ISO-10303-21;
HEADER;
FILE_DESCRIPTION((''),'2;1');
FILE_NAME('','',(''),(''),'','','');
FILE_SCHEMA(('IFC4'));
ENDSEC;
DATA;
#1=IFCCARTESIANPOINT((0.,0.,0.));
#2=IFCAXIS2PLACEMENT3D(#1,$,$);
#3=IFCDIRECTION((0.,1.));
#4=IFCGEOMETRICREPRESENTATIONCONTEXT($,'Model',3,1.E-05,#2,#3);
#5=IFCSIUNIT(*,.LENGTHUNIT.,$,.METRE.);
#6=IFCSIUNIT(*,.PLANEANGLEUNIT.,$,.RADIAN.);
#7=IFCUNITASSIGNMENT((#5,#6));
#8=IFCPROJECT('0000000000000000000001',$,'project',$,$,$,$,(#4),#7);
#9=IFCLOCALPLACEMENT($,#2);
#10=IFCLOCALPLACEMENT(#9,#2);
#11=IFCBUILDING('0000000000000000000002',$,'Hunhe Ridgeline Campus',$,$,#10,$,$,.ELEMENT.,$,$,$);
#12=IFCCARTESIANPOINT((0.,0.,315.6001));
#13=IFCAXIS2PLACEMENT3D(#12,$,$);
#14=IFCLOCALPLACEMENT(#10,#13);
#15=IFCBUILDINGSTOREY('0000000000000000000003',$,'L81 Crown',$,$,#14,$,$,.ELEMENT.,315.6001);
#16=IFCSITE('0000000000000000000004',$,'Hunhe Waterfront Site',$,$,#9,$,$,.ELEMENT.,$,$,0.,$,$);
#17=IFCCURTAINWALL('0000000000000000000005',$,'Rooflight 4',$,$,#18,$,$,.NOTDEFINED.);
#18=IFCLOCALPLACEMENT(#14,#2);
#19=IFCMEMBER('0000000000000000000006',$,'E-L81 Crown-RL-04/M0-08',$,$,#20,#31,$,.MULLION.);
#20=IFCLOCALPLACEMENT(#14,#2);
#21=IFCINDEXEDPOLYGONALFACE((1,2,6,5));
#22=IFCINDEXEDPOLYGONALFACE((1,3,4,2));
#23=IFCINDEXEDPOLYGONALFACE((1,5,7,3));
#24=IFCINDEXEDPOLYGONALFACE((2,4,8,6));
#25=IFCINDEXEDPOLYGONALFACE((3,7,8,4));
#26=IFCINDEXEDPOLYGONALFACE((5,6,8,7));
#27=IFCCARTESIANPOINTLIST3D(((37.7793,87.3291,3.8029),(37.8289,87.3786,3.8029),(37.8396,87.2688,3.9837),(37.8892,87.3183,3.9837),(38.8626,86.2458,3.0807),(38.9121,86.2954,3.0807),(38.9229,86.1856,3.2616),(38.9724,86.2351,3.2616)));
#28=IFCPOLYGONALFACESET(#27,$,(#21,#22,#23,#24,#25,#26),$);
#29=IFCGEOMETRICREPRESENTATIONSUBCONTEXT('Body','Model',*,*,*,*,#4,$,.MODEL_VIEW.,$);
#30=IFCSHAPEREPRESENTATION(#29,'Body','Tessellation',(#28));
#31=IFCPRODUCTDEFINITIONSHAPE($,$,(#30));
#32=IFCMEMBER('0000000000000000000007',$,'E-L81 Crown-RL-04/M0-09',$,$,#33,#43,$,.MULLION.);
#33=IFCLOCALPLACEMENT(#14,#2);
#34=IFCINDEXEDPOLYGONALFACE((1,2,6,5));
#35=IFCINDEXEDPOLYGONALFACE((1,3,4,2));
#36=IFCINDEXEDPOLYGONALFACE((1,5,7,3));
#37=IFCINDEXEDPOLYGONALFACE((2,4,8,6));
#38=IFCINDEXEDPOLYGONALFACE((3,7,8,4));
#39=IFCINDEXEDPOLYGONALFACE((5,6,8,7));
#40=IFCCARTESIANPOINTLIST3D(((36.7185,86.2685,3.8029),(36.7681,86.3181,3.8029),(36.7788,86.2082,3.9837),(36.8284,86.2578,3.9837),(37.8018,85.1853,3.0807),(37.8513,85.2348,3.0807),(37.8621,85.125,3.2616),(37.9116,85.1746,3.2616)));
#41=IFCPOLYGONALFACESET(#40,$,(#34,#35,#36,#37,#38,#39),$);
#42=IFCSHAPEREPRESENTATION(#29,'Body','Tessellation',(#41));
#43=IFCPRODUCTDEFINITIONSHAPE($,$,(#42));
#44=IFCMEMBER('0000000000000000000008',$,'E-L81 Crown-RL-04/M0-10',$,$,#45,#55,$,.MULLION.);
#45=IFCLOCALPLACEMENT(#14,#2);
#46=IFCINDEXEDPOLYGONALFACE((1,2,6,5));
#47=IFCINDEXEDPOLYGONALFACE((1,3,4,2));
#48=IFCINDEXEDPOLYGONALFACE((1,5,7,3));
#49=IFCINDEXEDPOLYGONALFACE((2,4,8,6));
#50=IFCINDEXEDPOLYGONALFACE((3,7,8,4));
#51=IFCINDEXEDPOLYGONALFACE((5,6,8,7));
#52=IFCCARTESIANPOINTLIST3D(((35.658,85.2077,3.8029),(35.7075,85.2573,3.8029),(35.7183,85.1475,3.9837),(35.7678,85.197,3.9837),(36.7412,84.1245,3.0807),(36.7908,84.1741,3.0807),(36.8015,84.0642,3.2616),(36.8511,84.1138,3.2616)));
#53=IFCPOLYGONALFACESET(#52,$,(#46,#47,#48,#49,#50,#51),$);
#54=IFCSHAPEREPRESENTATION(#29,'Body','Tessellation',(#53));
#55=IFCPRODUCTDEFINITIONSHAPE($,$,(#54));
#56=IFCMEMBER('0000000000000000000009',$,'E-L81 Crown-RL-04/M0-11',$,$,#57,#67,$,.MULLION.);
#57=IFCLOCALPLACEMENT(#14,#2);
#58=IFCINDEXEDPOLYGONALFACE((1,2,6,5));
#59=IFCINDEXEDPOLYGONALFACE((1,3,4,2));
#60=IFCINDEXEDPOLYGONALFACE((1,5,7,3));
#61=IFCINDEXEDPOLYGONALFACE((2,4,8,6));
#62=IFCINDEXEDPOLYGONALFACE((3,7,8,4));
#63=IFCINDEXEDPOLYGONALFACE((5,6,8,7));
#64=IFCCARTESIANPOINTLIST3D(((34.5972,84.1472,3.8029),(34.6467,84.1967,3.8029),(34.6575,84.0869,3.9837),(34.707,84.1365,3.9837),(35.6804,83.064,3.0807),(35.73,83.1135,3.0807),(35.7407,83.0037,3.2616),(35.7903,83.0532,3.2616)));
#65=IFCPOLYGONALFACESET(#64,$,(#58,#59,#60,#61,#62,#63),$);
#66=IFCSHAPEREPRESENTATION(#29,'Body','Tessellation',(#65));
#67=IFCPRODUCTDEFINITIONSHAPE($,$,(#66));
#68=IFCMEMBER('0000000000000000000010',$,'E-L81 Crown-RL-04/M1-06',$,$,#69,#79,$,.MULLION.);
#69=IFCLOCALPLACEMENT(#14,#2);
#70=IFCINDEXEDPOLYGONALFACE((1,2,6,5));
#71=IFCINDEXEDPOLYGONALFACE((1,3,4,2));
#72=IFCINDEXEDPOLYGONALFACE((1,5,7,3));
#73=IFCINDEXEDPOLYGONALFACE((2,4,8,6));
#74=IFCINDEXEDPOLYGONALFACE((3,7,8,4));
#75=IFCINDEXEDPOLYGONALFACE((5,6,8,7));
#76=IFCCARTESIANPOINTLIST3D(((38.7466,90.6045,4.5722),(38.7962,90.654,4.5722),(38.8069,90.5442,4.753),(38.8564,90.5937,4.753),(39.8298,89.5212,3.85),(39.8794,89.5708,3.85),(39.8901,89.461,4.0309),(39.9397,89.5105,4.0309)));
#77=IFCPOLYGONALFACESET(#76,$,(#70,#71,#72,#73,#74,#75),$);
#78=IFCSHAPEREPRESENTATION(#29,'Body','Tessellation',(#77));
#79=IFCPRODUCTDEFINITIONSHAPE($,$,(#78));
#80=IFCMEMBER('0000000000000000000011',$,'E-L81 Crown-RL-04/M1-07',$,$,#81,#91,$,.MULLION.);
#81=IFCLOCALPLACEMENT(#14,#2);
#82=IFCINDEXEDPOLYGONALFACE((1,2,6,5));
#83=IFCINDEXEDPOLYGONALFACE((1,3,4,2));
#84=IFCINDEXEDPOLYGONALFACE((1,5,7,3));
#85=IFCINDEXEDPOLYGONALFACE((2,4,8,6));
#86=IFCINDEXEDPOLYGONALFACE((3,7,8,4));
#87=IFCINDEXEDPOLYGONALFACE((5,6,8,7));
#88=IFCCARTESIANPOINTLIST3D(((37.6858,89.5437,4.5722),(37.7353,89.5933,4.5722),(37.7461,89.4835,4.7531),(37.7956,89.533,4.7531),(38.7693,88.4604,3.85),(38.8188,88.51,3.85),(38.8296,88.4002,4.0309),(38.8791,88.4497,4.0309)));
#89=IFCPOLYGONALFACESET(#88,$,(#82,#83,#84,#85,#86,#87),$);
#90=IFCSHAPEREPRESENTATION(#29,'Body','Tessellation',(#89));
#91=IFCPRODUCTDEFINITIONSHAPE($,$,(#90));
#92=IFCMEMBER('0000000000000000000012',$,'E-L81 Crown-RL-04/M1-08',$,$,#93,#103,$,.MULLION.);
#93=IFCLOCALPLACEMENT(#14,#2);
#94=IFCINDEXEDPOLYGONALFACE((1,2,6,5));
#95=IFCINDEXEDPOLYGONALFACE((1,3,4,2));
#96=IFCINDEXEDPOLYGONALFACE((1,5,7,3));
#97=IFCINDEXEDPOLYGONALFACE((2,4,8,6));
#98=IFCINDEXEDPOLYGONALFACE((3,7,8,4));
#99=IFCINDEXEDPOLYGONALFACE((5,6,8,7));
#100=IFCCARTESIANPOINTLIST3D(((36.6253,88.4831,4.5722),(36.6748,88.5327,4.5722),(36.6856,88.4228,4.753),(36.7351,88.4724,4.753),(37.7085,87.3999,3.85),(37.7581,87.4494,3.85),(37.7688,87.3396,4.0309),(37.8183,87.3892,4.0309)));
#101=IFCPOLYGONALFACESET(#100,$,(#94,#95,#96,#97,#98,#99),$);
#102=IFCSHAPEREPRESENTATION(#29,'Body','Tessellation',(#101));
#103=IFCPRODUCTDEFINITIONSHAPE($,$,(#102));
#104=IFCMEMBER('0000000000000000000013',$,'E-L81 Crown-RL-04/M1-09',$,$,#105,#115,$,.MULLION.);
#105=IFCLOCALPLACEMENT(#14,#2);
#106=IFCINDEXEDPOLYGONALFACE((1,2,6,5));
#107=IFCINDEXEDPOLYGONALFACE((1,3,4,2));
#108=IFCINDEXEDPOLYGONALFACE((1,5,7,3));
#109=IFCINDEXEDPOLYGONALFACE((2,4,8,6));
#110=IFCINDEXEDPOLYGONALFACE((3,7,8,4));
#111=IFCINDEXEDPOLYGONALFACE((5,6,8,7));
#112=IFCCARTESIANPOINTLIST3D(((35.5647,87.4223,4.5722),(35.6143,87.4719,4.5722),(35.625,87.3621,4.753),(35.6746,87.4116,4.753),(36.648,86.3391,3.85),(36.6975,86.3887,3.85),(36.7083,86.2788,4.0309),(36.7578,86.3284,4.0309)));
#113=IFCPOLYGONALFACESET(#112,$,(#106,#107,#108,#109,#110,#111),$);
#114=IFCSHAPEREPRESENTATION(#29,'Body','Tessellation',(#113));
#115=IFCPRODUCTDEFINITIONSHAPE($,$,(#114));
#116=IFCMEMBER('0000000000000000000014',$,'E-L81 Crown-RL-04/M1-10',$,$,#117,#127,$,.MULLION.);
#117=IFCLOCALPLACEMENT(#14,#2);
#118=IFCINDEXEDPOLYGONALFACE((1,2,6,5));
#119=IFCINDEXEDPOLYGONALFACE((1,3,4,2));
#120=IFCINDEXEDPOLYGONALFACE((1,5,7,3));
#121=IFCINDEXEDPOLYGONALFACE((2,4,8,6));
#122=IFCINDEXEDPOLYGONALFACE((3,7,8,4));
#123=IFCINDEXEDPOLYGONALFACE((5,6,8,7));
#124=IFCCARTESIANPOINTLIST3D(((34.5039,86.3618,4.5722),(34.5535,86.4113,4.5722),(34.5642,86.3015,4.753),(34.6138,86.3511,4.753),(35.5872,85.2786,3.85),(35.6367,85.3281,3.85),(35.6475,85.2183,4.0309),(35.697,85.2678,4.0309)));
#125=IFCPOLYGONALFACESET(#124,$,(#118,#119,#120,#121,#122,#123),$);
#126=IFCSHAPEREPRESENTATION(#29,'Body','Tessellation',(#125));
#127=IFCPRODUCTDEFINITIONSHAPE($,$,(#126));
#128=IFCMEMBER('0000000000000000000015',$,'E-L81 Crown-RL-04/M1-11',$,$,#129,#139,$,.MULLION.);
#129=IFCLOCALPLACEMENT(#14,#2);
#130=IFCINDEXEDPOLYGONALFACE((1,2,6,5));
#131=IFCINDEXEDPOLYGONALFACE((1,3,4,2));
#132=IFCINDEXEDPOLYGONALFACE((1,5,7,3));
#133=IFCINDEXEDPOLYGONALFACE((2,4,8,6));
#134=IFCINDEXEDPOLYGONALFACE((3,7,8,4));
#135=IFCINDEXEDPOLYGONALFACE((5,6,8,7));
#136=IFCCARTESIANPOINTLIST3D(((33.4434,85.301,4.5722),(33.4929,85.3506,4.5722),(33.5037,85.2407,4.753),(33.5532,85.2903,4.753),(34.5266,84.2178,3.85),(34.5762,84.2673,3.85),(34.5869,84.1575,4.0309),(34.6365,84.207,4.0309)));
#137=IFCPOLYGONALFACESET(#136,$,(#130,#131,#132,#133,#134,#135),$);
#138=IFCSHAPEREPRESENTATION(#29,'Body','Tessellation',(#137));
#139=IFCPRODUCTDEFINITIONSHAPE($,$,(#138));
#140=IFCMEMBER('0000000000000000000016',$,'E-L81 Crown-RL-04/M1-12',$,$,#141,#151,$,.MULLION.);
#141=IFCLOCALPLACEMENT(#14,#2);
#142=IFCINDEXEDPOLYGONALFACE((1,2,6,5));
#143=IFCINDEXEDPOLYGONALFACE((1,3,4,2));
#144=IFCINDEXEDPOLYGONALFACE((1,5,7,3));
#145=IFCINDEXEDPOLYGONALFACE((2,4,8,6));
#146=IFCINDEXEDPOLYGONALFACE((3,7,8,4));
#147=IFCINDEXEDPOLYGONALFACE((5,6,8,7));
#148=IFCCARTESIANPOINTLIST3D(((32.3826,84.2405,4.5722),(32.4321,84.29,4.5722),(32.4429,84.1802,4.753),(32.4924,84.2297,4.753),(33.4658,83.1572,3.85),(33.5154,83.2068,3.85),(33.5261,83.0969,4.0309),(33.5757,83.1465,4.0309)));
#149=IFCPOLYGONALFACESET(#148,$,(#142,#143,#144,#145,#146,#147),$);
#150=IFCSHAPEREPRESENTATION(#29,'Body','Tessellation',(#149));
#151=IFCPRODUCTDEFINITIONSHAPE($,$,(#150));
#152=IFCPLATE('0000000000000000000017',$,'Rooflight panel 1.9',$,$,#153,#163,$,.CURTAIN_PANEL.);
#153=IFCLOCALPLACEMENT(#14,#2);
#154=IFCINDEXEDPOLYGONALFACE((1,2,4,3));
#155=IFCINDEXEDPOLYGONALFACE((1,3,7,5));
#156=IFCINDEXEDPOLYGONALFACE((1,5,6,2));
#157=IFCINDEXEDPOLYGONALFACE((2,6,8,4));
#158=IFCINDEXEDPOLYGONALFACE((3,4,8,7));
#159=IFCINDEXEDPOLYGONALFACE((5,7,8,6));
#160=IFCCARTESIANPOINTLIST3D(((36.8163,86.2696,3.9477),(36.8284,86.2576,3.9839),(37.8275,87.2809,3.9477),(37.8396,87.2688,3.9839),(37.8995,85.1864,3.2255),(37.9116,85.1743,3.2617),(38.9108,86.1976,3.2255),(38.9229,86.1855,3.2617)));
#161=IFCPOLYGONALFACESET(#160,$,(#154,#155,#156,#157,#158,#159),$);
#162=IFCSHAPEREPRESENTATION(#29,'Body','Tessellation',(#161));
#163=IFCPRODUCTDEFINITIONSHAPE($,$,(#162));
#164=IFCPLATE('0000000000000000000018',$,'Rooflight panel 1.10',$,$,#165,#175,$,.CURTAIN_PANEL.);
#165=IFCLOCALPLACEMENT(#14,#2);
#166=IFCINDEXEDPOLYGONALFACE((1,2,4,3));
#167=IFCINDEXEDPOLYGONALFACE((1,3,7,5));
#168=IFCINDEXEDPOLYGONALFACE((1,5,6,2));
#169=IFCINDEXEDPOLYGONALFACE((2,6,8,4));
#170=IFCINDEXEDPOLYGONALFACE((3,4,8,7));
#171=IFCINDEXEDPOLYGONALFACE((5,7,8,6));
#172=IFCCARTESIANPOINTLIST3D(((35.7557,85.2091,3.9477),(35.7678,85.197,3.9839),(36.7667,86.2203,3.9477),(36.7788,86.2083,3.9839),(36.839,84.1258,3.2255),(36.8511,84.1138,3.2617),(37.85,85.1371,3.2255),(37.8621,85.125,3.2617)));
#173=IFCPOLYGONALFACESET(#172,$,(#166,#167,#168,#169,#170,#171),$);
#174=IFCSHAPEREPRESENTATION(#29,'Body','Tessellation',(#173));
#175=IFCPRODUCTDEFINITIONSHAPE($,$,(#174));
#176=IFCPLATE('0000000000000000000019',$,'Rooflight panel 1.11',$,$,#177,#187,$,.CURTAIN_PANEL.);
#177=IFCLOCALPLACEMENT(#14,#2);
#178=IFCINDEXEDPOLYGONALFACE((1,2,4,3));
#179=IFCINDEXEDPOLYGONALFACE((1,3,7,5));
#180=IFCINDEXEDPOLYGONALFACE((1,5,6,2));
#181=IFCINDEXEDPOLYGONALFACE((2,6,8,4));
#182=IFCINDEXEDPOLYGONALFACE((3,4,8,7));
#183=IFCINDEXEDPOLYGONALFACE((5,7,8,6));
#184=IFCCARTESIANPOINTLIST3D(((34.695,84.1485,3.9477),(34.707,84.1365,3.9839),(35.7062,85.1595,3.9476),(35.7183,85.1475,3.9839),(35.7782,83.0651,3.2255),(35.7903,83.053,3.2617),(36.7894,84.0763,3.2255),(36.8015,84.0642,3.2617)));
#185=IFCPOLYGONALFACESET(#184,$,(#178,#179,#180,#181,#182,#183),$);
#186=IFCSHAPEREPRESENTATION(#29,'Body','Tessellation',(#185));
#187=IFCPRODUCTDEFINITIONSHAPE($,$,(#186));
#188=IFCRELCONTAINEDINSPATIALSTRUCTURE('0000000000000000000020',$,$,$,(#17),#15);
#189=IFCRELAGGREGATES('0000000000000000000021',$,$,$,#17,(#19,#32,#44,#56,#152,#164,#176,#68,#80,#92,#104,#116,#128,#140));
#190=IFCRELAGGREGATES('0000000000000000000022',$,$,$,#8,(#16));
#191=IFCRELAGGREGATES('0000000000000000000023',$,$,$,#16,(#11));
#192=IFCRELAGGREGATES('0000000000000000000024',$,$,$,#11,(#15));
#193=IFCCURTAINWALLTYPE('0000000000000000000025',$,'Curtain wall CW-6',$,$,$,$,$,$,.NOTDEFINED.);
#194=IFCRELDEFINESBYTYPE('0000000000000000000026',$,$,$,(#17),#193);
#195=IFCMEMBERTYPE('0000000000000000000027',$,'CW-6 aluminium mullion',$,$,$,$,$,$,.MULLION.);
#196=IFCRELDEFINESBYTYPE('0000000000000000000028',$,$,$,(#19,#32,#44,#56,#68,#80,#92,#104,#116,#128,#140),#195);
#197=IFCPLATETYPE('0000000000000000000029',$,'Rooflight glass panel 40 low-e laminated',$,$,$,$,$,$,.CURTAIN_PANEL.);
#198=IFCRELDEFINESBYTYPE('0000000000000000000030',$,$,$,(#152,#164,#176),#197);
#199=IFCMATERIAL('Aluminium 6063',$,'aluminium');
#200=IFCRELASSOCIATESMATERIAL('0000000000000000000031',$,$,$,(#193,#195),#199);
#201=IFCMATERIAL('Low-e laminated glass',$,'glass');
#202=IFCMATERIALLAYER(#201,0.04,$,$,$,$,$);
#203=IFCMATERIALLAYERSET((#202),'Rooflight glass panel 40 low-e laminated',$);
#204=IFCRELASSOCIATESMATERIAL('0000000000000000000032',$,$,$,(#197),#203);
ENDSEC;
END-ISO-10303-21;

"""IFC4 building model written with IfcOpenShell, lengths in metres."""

from ifc_helpers import new_model, si_unit, direction, frame, origin, origin_2d, place, context, subcontext, project, spatial, polyline, rectangle, outline, extrude, material, layer, layer_set, material_profile, profile_set, type_object, element, aggregate, save


model = new_model("IFC4")

# Units and contexts
model_context = context("Model", 3, precision=1e-05, world=origin(), true_north=direction((0.0, 1.0)))
body_context = subcontext(model_context, "Body", "Model", "MODEL_VIEW")
ifc_project = project(units=[si_unit("LENGTHUNIT", "METRE"), si_unit("PLANEANGLEUNIT", "RADIAN")], contexts=[model_context])

# Site, building, storey
site_placement = place(None, origin())
site = spatial("IfcSite", under=ifc_project, at=site_placement, Name="Hunhe Waterfront Site", CompositionType="ELEMENT", RefElevation=0.0)
building_placement = place(site_placement, origin())
building = spatial("IfcBuilding", under=site, at=building_placement, Name="Hunhe Ridgeline Campus", CompositionType="ELEMENT")
storey_placement = place(building_placement, frame((0.0, 0.0, 315.6001)))
storey = spatial("IfcBuildingStorey", under=building, at=storey_placement, Name="L81 Crown", CompositionType="ELEMENT", Elevation=315.6001)

# Curtain wall, members, plates
ifc_material_1 = material(Name="Aluminium 6063", Category="aluminium")
curtain_wall_type = type_object("IfcCurtainWallType", Name="Curtain wall CW-6", PredefinedType="NOTDEFINED", material=ifc_material_1)
curtain_wall_placement = place(storey_placement, origin())
curtain_wall = element("IfcCurtainWall", 1, at=curtain_wall_placement, inside=storey, type_object=curtain_wall_type, Name="Rooflight 4", PredefinedType="NOTDEFINED")
ifc_material_profile = material_profile(ifc_material_1, rectangle(XDim=0.0701, YDim=0.2, at=origin_2d()))
ifc_profile_set = profile_set([ifc_material_profile], Name="Aluminium 6063")
member_type = type_object("IfcMemberType", Name="CW-6 aluminium mullion", PredefinedType="MULLION", material=ifc_profile_set)
member_1_placement = place(storey_placement, frame((38.9175, 86.2405, 3.1711), z_axis=(-0.639602, 0.639602, 0.426401), x_axis=(-0.707107, -0.707107, 0.0)))
member_1 = element("IfcMember", 2, at=member_1_placement, type_object=member_type, Name="E-L81 Crown-RL-04/M0-08", PredefinedType="MULLION", context=body_context, shape_type="SweptSolid", body=[
    extrude(rectangle(XDim=0.0701, YDim=0.2, at=origin_2d()), origin(), (0.0, 0.0, 1.0), 1.6936),
])
member_2_placement = place(storey_placement, frame((37.8567, 85.1799, 3.1711), z_axis=(-0.639602, 0.639602, 0.426401), x_axis=(-0.707107, -0.707107, 0.0)))
member_2 = element("IfcMember", 3, at=member_2_placement, type_object=member_type, Name="E-L81 Crown-RL-04/M0-09", PredefinedType="MULLION", context=body_context, shape_type="SweptSolid", body=[
    extrude(rectangle(XDim=0.0701, YDim=0.2, at=origin_2d()), origin(), (0.0, 0.0, 1.0), 1.6936),
])
member_3_placement = place(storey_placement, frame((36.7961, 84.1191, 3.1711), z_axis=(-0.639602, 0.639602, 0.426401), x_axis=(-0.707107, -0.707107, 0.0)))
member_3 = element("IfcMember", 4, at=member_3_placement, type_object=member_type, Name="E-L81 Crown-RL-04/M0-10", PredefinedType="MULLION", context=body_context, shape_type="SweptSolid", body=[
    extrude(rectangle(XDim=0.0701, YDim=0.2, at=origin_2d()), origin(), (0.0, 0.0, 1.0), 1.6936),
])
member_4_placement = place(storey_placement, frame((35.7354, 83.0586, 3.1711), z_axis=(-0.639602, 0.639602, 0.426401), x_axis=(-0.707107, -0.707107, 0.0)))
member_4 = element("IfcMember", 5, at=member_4_placement, type_object=member_type, Name="E-L81 Crown-RL-04/M0-11", PredefinedType="MULLION", context=body_context, shape_type="SweptSolid", body=[
    extrude(rectangle(XDim=0.0701, YDim=0.2, at=origin_2d()), origin(), (0.0, 0.0, 1.0), 1.6936),
])
member_5_placement = place(storey_placement, frame((39.8848, 89.5159, 3.9404), z_axis=(-0.639602, 0.639602, 0.426401), x_axis=(-0.707107, -0.707107, 0.0)))
member_5 = element("IfcMember", 6, at=member_5_placement, type_object=member_type, Name="E-L81 Crown-RL-04/M1-06", PredefinedType="MULLION", context=body_context, shape_type="SweptSolid", body=[
    extrude(rectangle(XDim=0.0701, YDim=0.2, at=origin_2d()), origin(), (0.0, 0.0, 1.0), 1.6936),
])
member_6_placement = place(storey_placement, frame((38.8242, 88.4551, 3.9404), z_axis=(-0.639687, 0.639543, 0.426362), x_axis=(-0.707027, -0.707186, 0.0)))
member_6 = element("IfcMember", 7, at=member_6_placement, type_object=member_type, Name="E-L81 Crown-RL-04/M1-07", PredefinedType="MULLION", context=body_context, shape_type="SweptSolid", body=[
    extrude(rectangle(XDim=0.0701, YDim=0.2, at=origin_2d()), origin(), (0.0, 0.0, 1.0), 1.6938),
])
member_7_placement = place(storey_placement, frame((37.7634, 87.3945, 3.9404), z_axis=(-0.639602, 0.639602, 0.426401), x_axis=(-0.707107, -0.707107, 0.0)))
member_7 = element("IfcMember", 8, at=member_7_placement, type_object=member_type, Name="E-L81 Crown-RL-04/M1-08", PredefinedType="MULLION", context=body_context, shape_type="SweptSolid", body=[
    extrude(rectangle(XDim=0.0701, YDim=0.2, at=origin_2d()), origin(), (0.0, 0.0, 1.0), 1.6936),
])
member_8_placement = place(storey_placement, frame((36.7029, 86.3337, 3.9404), z_axis=(-0.639602, 0.639602, 0.426401), x_axis=(-0.707107, -0.707107, 0.0)))
member_8 = element("IfcMember", 9, at=member_8_placement, type_object=member_type, Name="E-L81 Crown-RL-04/M1-09", PredefinedType="MULLION", context=body_context, shape_type="SweptSolid", body=[
    extrude(rectangle(XDim=0.0701, YDim=0.2, at=origin_2d()), origin(), (0.0, 0.0, 1.0), 1.6936),
])
member_9_placement = place(storey_placement, frame((35.6421, 85.2732, 3.9404), z_axis=(-0.639602, 0.639602, 0.426401), x_axis=(-0.707107, -0.707107, 0.0)))
member_9 = element("IfcMember", 10, at=member_9_placement, type_object=member_type, Name="E-L81 Crown-RL-04/M1-10", PredefinedType="MULLION", context=body_context, shape_type="SweptSolid", body=[
    extrude(rectangle(XDim=0.0701, YDim=0.2, at=origin_2d()), origin(), (0.0, 0.0, 1.0), 1.6936),
])
member_10_placement = place(storey_placement, frame((34.5815, 84.2124, 3.9404), z_axis=(-0.639602, 0.639602, 0.426401), x_axis=(-0.707107, -0.707107, 0.0)))
member_10 = element("IfcMember", 11, at=member_10_placement, type_object=member_type, Name="E-L81 Crown-RL-04/M1-11", PredefinedType="MULLION", context=body_context, shape_type="SweptSolid", body=[
    extrude(rectangle(XDim=0.0701, YDim=0.2, at=origin_2d()), origin(), (0.0, 0.0, 1.0), 1.6936),
])
member_11_placement = place(storey_placement, frame((33.5208, 83.1519, 3.9404), z_axis=(-0.639602, 0.639602, 0.426401), x_axis=(-0.707107, -0.707107, 0.0)))
member_11 = element("IfcMember", 12, at=member_11_placement, type_object=member_type, Name="E-L81 Crown-RL-04/M1-12", PredefinedType="MULLION", context=body_context, shape_type="SweptSolid", body=[
    extrude(rectangle(XDim=0.0701, YDim=0.2, at=origin_2d()), origin(), (0.0, 0.0, 1.0), 1.6936),
])
ifc_material_2 = material(Name="Low-e laminated glass", Category="glass")
ifc_layer = layer(ifc_material_2, 0.04)
ifc_layer_set = layer_set([ifc_layer], Name="Rooflight glass panel 40 low-e laminated")
plate_type = type_object("IfcPlateType", Name="Rooflight glass panel 40 low-e laminated", PredefinedType="CURTAIN_PANEL", material=ifc_layer_set)
plate_1_placement = place(storey_placement, frame((38.9229, 86.1855, 3.2617), z_axis=(0.301511, -0.301511, 0.904534), x_axis=(-0.639602, 0.639602, 0.426401)))
plate_1 = element("IfcPlate", 13, at=plate_1_placement, type_object=plate_type, Name="Rooflight panel 1.9", PredefinedType="CURTAIN_PANEL", context=body_context, shape_type="SweptSolid", body=[
    extrude(outline(polyline([(0.0, 0.0), (1.6936, 0.0), (1.6936, 1.4301), (0.0, 1.4301), (0.0, 0.0)])), origin(), (0.0, 0.0, -1.0), 0.04),
])
plate_2_placement = place(storey_placement, frame((37.8621, 85.125, 3.2617), z_axis=(0.301548, -0.301475, 0.904534), x_axis=(-0.639602, 0.639602, 0.426401)))
plate_2 = element("IfcPlate", 14, at=plate_2_placement, type_object=plate_type, Name="Rooflight panel 1.10", PredefinedType="CURTAIN_PANEL", context=body_context, shape_type="SweptSolid", body=[
    extrude(outline(polyline([(0.0, 0.0), (1.6936, 0.0), (1.6935, 1.4299), (-0.0002, 1.4299), (0.0, 0.0)])), origin(), (0.0, 0.0, -1.0), 0.04),
])
plate_3_placement = place(storey_placement, frame((36.8015, 84.0642, 3.2617), z_axis=(0.301479, -0.301516, 0.904543), x_axis=(-0.639609, 0.639609, 0.426382)))
plate_3 = element("IfcPlate", 15, at=plate_3_placement, type_object=plate_type, Name="Rooflight panel 1.11", PredefinedType="CURTAIN_PANEL", context=body_context, shape_type="SweptSolid", body=[
    extrude(outline(polyline([(0.0, 0.0), (1.6936, 0.0), (1.6938, 1.4299), (0.0, 1.4301), (0.0, 0.0)])), origin(), (0.0, 0.0, -1.0), 0.04),
])
aggregate(curtain_wall, [member_1, member_2, member_3, member_4, plate_1, plate_2, plate_3, member_5, member_6, member_7, member_8, member_9, member_10, member_11])

save(model, "model.ifc")
